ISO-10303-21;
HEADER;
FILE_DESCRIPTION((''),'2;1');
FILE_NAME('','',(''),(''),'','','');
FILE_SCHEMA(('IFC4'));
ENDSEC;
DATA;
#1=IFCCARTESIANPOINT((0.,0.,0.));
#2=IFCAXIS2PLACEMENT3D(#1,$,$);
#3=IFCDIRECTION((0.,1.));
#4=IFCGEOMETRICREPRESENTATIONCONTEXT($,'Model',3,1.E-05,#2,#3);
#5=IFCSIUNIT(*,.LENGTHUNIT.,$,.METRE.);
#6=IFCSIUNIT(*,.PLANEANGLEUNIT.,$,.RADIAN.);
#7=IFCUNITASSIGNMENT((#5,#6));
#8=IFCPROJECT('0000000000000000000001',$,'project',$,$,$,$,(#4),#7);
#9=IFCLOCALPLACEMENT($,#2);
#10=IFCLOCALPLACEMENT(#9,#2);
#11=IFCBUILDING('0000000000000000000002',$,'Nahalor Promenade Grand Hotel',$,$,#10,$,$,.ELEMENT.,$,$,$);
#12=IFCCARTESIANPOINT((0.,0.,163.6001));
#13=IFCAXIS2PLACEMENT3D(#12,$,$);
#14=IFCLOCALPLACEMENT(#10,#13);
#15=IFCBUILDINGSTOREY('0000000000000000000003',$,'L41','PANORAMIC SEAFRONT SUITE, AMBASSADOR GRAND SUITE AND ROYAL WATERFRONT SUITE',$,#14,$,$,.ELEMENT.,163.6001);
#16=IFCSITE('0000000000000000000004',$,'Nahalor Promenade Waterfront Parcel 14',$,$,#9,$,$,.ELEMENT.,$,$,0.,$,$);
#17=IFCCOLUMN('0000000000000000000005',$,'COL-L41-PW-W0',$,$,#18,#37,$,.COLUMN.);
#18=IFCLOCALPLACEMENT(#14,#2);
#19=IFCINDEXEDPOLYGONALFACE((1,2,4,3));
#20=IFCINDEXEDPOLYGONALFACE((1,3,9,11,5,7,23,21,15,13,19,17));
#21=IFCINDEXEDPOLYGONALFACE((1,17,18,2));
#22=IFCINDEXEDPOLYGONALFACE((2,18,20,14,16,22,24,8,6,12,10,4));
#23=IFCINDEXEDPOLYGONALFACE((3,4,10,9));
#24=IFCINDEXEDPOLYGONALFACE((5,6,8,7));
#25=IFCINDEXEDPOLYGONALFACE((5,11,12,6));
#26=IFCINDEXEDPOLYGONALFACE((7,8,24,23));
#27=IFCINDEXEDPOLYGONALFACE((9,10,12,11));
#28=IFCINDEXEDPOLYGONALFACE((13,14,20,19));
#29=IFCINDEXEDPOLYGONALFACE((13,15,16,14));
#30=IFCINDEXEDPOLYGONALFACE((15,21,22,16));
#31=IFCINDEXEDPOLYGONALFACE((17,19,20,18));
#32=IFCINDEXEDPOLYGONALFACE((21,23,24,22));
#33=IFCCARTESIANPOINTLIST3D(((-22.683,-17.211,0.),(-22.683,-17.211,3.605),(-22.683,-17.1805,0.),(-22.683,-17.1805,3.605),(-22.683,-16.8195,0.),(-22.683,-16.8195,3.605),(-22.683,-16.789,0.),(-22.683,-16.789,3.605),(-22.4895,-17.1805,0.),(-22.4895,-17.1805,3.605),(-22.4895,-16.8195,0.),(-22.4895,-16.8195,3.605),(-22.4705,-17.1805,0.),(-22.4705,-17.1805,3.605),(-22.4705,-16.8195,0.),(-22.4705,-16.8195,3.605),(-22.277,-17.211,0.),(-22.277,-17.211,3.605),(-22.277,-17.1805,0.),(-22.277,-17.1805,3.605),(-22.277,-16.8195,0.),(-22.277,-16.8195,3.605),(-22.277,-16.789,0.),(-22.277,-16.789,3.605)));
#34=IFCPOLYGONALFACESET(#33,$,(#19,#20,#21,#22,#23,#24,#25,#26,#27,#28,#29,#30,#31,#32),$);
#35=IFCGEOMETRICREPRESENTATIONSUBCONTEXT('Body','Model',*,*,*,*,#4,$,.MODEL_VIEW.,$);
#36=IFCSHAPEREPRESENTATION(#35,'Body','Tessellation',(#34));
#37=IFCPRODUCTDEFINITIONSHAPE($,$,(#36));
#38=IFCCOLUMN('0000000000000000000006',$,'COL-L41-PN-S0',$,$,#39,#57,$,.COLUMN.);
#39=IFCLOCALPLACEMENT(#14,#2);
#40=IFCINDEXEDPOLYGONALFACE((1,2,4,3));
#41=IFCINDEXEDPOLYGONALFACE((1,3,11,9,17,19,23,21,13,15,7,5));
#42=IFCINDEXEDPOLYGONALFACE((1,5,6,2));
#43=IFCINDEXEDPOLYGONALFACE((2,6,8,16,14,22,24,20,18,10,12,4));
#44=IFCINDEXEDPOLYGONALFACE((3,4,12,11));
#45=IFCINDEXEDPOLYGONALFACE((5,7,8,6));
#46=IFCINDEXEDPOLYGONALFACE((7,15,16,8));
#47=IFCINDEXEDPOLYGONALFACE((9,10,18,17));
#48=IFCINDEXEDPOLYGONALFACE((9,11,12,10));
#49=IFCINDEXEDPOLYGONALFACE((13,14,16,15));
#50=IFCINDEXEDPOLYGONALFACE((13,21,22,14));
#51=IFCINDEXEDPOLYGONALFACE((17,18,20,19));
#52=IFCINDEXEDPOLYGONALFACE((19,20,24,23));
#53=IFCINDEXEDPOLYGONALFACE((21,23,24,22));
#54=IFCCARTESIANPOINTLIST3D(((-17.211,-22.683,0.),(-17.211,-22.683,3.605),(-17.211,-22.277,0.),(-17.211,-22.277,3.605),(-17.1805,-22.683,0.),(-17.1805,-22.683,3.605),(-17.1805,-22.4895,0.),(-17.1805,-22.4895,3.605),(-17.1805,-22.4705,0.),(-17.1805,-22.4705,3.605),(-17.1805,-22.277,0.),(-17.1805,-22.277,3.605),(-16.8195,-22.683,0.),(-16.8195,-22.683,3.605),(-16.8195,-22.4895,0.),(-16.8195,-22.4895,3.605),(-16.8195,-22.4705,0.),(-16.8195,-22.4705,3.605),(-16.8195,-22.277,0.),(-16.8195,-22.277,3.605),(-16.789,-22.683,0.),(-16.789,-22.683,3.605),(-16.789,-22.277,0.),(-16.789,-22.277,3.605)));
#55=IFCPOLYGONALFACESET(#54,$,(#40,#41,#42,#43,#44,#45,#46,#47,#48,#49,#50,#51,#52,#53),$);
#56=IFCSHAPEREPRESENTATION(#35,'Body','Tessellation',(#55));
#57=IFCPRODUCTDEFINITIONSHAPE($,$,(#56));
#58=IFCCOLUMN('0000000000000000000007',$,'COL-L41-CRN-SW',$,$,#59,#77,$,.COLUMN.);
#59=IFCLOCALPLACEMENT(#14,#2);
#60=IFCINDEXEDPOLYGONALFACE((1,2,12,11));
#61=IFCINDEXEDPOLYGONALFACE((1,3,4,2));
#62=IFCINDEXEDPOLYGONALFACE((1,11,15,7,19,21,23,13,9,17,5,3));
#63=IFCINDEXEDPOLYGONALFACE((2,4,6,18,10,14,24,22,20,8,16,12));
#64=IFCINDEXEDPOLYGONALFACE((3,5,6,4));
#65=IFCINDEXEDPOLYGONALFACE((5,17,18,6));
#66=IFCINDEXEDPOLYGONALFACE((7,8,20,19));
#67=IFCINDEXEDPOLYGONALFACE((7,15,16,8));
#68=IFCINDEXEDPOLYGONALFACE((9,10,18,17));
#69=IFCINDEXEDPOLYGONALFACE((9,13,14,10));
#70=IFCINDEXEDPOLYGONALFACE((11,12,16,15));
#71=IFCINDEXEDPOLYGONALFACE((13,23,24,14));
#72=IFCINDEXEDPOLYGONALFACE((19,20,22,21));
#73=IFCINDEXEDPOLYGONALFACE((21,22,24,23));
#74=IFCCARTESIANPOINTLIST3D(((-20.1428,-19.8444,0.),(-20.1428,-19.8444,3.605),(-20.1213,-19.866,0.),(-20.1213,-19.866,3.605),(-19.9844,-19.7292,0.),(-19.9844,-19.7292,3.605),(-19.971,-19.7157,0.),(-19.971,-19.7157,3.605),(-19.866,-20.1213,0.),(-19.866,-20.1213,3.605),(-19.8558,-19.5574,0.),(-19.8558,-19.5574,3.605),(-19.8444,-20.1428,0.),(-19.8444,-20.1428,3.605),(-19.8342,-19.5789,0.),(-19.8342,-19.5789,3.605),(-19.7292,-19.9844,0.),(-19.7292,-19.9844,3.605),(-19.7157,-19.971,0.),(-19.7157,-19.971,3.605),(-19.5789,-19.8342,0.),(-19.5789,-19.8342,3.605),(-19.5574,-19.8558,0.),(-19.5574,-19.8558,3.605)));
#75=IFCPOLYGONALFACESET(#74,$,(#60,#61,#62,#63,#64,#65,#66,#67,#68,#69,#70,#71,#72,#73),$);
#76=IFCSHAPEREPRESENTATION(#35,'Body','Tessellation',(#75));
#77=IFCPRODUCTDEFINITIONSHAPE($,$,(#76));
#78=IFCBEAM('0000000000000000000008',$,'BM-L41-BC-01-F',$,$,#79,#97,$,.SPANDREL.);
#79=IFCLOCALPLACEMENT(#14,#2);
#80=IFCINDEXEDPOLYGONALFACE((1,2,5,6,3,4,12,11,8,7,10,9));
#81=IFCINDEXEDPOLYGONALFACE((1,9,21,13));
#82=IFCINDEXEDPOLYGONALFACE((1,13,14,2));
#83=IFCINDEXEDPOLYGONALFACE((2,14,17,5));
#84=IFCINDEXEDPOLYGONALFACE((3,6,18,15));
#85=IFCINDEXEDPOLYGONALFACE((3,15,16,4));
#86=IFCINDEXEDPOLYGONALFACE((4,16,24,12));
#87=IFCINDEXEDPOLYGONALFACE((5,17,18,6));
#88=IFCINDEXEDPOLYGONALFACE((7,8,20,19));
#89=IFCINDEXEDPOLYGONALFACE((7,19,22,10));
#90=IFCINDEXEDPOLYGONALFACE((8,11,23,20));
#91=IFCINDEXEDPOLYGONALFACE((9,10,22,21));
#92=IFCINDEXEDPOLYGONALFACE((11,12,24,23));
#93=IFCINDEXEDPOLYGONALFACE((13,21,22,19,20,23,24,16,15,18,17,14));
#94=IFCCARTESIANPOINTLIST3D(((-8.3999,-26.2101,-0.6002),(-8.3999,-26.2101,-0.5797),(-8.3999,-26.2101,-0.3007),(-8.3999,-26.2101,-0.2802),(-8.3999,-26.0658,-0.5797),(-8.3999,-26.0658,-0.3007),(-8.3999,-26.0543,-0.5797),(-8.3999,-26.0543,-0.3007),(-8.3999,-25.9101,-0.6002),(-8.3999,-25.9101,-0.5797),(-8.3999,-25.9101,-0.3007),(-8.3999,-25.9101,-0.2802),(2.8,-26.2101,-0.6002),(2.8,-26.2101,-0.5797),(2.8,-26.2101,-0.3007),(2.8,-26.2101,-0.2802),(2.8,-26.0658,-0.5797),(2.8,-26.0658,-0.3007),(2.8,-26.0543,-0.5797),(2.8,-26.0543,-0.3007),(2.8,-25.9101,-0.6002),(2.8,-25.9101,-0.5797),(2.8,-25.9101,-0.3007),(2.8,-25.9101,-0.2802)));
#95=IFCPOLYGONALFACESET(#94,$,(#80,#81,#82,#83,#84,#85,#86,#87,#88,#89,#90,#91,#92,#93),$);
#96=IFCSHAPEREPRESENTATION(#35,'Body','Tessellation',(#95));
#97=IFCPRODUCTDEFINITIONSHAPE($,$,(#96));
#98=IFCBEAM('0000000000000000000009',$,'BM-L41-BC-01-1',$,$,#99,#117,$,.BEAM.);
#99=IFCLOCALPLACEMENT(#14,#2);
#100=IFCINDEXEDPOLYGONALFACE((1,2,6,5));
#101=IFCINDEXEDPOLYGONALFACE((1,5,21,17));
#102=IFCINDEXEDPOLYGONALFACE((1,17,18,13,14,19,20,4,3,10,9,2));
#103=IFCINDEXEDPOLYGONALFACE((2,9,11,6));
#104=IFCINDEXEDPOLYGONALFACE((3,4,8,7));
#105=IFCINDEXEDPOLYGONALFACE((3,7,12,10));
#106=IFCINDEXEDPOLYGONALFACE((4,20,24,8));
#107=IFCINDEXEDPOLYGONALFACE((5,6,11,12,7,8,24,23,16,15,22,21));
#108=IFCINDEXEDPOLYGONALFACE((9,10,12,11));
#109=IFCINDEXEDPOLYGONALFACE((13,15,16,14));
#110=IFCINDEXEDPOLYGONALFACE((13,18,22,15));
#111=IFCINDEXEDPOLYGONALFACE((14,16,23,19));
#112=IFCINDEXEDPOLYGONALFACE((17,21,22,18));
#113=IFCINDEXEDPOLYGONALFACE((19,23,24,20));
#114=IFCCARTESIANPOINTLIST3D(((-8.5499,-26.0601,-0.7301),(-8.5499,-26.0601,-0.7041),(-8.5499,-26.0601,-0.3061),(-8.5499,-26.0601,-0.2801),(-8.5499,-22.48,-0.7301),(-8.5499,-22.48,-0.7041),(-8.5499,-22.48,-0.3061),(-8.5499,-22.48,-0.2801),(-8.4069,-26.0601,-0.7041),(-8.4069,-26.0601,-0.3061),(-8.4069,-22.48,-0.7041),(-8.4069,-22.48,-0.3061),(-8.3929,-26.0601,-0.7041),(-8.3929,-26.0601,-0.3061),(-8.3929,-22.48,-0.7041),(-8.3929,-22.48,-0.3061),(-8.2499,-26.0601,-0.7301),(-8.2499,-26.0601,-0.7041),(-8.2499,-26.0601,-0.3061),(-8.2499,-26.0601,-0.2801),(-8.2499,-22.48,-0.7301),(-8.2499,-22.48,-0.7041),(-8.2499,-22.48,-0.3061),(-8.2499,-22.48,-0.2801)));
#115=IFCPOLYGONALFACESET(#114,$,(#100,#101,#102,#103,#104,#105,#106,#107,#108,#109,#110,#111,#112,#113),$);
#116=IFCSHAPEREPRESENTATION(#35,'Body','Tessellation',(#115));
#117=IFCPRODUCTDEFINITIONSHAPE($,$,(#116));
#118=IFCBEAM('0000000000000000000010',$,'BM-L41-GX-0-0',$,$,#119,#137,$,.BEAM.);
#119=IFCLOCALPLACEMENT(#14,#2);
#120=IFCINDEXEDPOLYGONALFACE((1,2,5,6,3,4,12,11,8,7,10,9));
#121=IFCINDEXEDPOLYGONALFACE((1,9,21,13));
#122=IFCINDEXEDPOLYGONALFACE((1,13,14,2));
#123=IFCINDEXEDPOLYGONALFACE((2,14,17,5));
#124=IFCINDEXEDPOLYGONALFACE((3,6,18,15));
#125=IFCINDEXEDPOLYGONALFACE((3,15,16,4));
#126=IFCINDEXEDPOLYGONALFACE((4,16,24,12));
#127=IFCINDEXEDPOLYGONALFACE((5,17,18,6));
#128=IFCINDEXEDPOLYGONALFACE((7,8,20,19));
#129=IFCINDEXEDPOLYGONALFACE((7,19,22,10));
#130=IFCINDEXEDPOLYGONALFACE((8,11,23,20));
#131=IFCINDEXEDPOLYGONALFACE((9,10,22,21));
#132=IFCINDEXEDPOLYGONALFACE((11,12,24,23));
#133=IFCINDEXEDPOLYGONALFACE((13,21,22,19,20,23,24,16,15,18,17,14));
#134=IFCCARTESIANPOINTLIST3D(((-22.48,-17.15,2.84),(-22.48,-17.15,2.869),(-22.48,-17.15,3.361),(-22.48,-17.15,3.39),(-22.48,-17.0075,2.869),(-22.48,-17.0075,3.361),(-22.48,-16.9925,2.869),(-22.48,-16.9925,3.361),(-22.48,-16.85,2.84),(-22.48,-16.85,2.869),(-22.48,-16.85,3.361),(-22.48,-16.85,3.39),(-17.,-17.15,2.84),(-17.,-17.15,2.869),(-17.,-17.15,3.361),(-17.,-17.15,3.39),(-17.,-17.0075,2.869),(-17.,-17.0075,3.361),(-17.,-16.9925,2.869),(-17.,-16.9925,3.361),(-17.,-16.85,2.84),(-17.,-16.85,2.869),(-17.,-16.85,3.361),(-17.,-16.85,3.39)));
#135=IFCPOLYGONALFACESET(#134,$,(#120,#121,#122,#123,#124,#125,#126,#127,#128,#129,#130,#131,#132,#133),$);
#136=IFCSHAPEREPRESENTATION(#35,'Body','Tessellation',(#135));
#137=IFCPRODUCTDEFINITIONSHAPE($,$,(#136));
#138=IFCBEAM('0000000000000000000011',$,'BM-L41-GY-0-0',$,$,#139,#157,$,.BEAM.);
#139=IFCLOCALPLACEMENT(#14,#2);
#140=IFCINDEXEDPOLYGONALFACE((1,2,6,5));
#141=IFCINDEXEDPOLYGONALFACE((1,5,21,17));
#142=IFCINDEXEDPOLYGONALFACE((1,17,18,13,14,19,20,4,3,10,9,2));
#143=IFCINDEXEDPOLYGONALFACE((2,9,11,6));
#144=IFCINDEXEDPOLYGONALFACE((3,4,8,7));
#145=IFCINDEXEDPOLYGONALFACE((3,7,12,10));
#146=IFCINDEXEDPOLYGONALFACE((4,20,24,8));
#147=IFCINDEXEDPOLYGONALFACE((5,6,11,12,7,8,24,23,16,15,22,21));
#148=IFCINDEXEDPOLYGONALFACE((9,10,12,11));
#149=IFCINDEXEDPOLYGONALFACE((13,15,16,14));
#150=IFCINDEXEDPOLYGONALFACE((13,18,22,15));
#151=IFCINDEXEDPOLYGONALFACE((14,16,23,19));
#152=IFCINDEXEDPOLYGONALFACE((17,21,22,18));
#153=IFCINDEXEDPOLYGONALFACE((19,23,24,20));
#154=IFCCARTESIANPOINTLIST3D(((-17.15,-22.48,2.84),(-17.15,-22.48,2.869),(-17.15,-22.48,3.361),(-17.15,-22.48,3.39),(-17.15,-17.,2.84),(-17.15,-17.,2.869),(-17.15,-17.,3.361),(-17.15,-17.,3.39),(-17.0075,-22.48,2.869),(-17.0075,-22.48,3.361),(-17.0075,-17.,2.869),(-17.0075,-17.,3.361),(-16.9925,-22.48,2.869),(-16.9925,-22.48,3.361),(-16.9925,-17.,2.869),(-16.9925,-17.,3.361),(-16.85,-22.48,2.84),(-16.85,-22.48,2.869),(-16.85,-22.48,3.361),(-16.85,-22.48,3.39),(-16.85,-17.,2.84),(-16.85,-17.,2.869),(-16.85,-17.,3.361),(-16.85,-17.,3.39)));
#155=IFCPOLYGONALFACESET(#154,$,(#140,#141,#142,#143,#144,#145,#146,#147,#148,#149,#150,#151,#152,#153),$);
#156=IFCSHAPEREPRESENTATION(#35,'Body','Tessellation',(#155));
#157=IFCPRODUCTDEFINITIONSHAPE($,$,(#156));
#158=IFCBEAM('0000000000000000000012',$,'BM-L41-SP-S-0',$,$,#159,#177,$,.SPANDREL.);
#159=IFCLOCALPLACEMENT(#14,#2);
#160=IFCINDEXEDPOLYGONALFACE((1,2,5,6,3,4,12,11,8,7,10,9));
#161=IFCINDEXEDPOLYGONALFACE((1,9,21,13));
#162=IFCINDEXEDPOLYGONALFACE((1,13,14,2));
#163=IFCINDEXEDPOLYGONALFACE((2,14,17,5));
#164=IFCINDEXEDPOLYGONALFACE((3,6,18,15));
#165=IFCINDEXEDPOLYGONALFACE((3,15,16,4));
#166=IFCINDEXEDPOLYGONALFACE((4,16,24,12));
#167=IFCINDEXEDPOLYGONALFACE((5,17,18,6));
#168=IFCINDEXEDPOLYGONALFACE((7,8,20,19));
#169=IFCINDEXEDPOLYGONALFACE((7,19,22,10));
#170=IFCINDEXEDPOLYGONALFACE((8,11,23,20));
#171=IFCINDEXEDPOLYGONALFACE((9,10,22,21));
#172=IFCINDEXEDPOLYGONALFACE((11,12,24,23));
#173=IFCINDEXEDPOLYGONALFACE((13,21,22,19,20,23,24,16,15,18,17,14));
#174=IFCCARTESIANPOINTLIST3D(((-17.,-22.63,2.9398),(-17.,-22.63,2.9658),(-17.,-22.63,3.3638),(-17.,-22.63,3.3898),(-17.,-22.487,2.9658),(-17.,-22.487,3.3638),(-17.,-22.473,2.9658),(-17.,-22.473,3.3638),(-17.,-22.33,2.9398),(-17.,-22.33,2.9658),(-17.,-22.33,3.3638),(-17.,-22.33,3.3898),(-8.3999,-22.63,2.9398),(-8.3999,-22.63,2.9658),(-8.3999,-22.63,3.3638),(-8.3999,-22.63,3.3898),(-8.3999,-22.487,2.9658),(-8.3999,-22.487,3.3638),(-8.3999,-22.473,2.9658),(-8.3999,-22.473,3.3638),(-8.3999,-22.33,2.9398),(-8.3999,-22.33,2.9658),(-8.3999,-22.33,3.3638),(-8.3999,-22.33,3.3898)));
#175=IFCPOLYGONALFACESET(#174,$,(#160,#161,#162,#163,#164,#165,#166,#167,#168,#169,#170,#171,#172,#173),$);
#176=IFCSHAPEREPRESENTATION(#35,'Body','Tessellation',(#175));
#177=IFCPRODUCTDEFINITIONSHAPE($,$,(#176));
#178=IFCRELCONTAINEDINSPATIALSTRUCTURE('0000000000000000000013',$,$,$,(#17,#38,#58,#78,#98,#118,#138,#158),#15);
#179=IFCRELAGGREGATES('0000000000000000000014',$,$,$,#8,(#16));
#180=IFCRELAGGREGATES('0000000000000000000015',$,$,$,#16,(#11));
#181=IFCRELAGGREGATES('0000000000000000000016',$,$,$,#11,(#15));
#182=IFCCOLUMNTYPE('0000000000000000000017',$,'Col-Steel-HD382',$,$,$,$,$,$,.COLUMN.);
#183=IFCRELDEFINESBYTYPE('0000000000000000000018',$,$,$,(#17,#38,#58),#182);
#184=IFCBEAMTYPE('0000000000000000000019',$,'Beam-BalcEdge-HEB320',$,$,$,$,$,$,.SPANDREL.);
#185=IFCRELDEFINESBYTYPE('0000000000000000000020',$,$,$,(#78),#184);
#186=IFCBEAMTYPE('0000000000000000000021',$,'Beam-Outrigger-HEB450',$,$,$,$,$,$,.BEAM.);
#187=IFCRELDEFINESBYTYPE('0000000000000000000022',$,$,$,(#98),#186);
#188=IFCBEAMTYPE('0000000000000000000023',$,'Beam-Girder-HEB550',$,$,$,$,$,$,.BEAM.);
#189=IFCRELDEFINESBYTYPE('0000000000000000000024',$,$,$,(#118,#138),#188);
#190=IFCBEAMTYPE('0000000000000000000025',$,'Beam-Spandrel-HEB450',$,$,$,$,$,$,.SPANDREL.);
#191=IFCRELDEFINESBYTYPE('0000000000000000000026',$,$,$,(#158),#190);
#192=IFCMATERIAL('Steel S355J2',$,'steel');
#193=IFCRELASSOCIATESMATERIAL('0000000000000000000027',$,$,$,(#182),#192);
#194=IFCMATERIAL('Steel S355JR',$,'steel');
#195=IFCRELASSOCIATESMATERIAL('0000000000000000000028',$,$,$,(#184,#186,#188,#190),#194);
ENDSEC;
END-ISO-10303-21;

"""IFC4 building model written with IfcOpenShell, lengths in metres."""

from ifc_helpers import new_model, si_unit, direction, frame, origin, origin_2d, place, context, subcontext, project, spatial, i_section, extrude, source, transform, mapped, material, material_profile, profile_set, type_object, element, save


model = new_model("IFC4")

# Units and contexts
model_context = context("Model", 3, precision=1e-05, world=origin(), true_north=direction((0.0, 1.0)))
body_context = subcontext(model_context, "Body", "Model", "MODEL_VIEW")
ifc_project = project(units=[si_unit("LENGTHUNIT", "METRE"), si_unit("PLANEANGLEUNIT", "RADIAN")], contexts=[model_context])

# Site, building, storey
site_placement = place(None, origin())
site = spatial("IfcSite", under=ifc_project, at=site_placement, Name="Nahalor Promenade Waterfront Parcel 14", CompositionType="ELEMENT", RefElevation=0.0)
building_placement = place(site_placement, origin())
building = spatial("IfcBuilding", under=site, at=building_placement, Name="Nahalor Promenade Grand Hotel", CompositionType="ELEMENT")
storey_placement = place(building_placement, frame((0.0, 0.0, 163.6001)))
storey = spatial("IfcBuildingStorey", under=building, at=storey_placement, Name="L41", Description="PANORAMIC SEAFRONT SUITE, AMBASSADOR GRAND SUITE AND ROYAL WATERFRONT SUITE", CompositionType="ELEMENT", Elevation=163.6001)

# Columns
ifc_material_1 = material(Name="Steel S355J2", Category="steel")
ifc_material_profile_1 = material_profile(ifc_material_1, i_section(OverallWidth=0.406, OverallDepth=0.422, WebThickness=0.019, FlangeThickness=0.0305, at=origin_2d()), Name="HD 400x382")
ifc_profile_set_1 = profile_set([ifc_material_profile_1], Name="Steel S355J2")
column_type = type_object("IfcColumnType", Name="Col-Steel-HD382", PredefinedType="COLUMN", material=ifc_profile_set_1)
shared_shape_1 = source(origin(), body_context, "Body", "SweptSolid", [
    extrude(i_section(OverallWidth=0.406, OverallDepth=0.422, WebThickness=0.019, FlangeThickness=0.0305, at=origin_2d()), origin(), (0.0, 0.0, 1.0), 3.605),
])
for number, where, z_axis, x_axis, name in (
    (1, (-22.48, -17.0, 0.0), (0.0, 0.0, 1.0), (1.0, 0.0, 0.0), "COL-L41-PW-W0"),
    (2, (-17.0, -22.48, 0.0), (0.0, 0.0, 1.0), (0.0, 1.0, 0.0), "COL-L41-PN-S0"),
    (3, (-19.8501, -19.8501, 0.0), (0.0, 0.0, 1.0), (0.707107, 0.707107, 0.0), "COL-L41-CRN-SW"),
):
    element("IfcColumn", number, at=place(storey_placement, frame(where, z_axis=z_axis, x_axis=x_axis)), inside=storey, type_object=column_type, Name=name, PredefinedType="COLUMN", context=body_context, shape_type="MappedRepresentation", body=[
        mapped(shared_shape_1, transform((0.0, 0.0, 0.0), scale=1.0)),
    ])

# Beams
ifc_material_2 = material(Name="Steel S355JR", Category="steel")
ifc_material_profile_2 = material_profile(ifc_material_2, i_section(OverallWidth=0.3, OverallDepth=0.32, WebThickness=0.0115, FlangeThickness=0.0205, at=origin_2d()), Name="HEB 320")
ifc_profile_set_2 = profile_set([ifc_material_profile_2], Name="Steel S355JR")
beam_type_1 = type_object("IfcBeamType", Name="Beam-BalcEdge-HEB320", PredefinedType="SPANDREL", material=ifc_profile_set_2)
shared_shape_2 = source(origin(), body_context, "Body", "SweptSolid", [
    extrude(i_section(OverallWidth=0.3, OverallDepth=0.32, WebThickness=0.0115, FlangeThickness=0.0205, at=origin_2d()), origin(), (0.0, 0.0, 1.0), 11.2),
])
beam_1_placement = place(storey_placement, frame((-8.3999, -26.0601, -0.4402), z_axis=(1.0, 0.0, 0.0), x_axis=(0.0, 1.0, 0.0)))
element("IfcBeam", 4, at=beam_1_placement, inside=storey, type_object=beam_type_1, Name="BM-L41-BC-01-F", PredefinedType="SPANDREL", context=body_context, shape_type="MappedRepresentation", body=[
    mapped(shared_shape_2, transform((0.0, 0.0, 0.0), scale=1.0)),
])
ifc_material_profile_3 = material_profile(ifc_material_2, i_section(OverallWidth=0.3, OverallDepth=0.45, WebThickness=0.014, FlangeThickness=0.026, at=origin_2d()), Name="HEB 450")
ifc_profile_set_3 = profile_set([ifc_material_profile_3], Name="Steel S355JR")
beam_type_2 = type_object("IfcBeamType", Name="Beam-Outrigger-HEB450", PredefinedType="BEAM", material=ifc_profile_set_3)
shared_shape_3 = source(origin(), body_context, "Body", "SweptSolid", [
    extrude(i_section(OverallWidth=0.3, OverallDepth=0.45, WebThickness=0.014, FlangeThickness=0.026, at=origin_2d()), origin(), (0.0, 0.0, 1.0), 3.5801),
])
beam_2_placement = place(storey_placement, frame((-8.3999, -26.0601, -0.5051), z_axis=(0.0, 1.0, 0.0), x_axis=(-1.0, 0.0, 0.0)))
element("IfcBeam", 5, at=beam_2_placement, inside=storey, type_object=beam_type_2, Name="BM-L41-BC-01-1", PredefinedType="BEAM", context=body_context, shape_type="MappedRepresentation", body=[
    mapped(shared_shape_3, transform((0.0, 0.0, 0.0), scale=1.0)),
])
ifc_material_profile_4 = material_profile(ifc_material_2, i_section(OverallWidth=0.3, OverallDepth=0.55, WebThickness=0.015, FlangeThickness=0.029, at=origin_2d()), Name="HEB 550")
ifc_profile_set_4 = profile_set([ifc_material_profile_4], Name="Steel S355JR")
beam_type_3 = type_object("IfcBeamType", Name="Beam-Girder-HEB550", PredefinedType="BEAM", material=ifc_profile_set_4)
shared_shape_4 = source(origin(), body_context, "Body", "SweptSolid", [
    extrude(i_section(OverallWidth=0.3, OverallDepth=0.55, WebThickness=0.015, FlangeThickness=0.029, at=origin_2d()), origin(), (0.0, 0.0, 1.0), 5.48),
])
for number, where, z_axis, x_axis, name in (
    (6, (-22.48, -17.0, 3.115), (1.0, 0.0, 0.0), (0.0, 1.0, 0.0), "BM-L41-GX-0-0"),
    (7, (-17.0, -22.48, 3.115), (0.0, 1.0, 0.0), (-1.0, 0.0, 0.0), "BM-L41-GY-0-0"),
):
    element("IfcBeam", number, at=place(storey_placement, frame(where, z_axis=z_axis, x_axis=x_axis)), inside=storey, type_object=beam_type_3, Name=name, PredefinedType="BEAM", context=body_context, shape_type="MappedRepresentation", body=[
        mapped(shared_shape_4, transform((0.0, 0.0, 0.0), scale=1.0)),
    ])
ifc_material_profile_5 = material_profile(ifc_material_2, i_section(OverallWidth=0.3, OverallDepth=0.45, WebThickness=0.014, FlangeThickness=0.026, at=origin_2d()), Name="HEB 450")
ifc_profile_set_5 = profile_set([ifc_material_profile_5], Name="Steel S355JR")
beam_type_4 = type_object("IfcBeamType", Name="Beam-Spandrel-HEB450", PredefinedType="SPANDREL", material=ifc_profile_set_5)
shared_shape_5 = source(origin(), body_context, "Body", "SweptSolid", [
    extrude(i_section(OverallWidth=0.3, OverallDepth=0.45, WebThickness=0.014, FlangeThickness=0.026, at=origin_2d()), origin(), (0.0, 0.0, 1.0), 8.6001),
])
for number, where, z_axis, x_axis, name in (
    (8, (-17.0, -22.48, 3.1648), (1.0, 0.0, 0.0), (0.0, 1.0, 0.0), "BM-L41-SP-S-0"),
):
    element("IfcBeam", number, at=place(storey_placement, frame(where, z_axis=z_axis, x_axis=x_axis)), inside=storey, type_object=beam_type_4, Name=name, PredefinedType="SPANDREL", context=body_context, shape_type="MappedRepresentation", body=[
        mapped(shared_shape_5, transform((0.0, 0.0, 0.0), scale=1.0)),
    ])

save(model, "model.ifc")
